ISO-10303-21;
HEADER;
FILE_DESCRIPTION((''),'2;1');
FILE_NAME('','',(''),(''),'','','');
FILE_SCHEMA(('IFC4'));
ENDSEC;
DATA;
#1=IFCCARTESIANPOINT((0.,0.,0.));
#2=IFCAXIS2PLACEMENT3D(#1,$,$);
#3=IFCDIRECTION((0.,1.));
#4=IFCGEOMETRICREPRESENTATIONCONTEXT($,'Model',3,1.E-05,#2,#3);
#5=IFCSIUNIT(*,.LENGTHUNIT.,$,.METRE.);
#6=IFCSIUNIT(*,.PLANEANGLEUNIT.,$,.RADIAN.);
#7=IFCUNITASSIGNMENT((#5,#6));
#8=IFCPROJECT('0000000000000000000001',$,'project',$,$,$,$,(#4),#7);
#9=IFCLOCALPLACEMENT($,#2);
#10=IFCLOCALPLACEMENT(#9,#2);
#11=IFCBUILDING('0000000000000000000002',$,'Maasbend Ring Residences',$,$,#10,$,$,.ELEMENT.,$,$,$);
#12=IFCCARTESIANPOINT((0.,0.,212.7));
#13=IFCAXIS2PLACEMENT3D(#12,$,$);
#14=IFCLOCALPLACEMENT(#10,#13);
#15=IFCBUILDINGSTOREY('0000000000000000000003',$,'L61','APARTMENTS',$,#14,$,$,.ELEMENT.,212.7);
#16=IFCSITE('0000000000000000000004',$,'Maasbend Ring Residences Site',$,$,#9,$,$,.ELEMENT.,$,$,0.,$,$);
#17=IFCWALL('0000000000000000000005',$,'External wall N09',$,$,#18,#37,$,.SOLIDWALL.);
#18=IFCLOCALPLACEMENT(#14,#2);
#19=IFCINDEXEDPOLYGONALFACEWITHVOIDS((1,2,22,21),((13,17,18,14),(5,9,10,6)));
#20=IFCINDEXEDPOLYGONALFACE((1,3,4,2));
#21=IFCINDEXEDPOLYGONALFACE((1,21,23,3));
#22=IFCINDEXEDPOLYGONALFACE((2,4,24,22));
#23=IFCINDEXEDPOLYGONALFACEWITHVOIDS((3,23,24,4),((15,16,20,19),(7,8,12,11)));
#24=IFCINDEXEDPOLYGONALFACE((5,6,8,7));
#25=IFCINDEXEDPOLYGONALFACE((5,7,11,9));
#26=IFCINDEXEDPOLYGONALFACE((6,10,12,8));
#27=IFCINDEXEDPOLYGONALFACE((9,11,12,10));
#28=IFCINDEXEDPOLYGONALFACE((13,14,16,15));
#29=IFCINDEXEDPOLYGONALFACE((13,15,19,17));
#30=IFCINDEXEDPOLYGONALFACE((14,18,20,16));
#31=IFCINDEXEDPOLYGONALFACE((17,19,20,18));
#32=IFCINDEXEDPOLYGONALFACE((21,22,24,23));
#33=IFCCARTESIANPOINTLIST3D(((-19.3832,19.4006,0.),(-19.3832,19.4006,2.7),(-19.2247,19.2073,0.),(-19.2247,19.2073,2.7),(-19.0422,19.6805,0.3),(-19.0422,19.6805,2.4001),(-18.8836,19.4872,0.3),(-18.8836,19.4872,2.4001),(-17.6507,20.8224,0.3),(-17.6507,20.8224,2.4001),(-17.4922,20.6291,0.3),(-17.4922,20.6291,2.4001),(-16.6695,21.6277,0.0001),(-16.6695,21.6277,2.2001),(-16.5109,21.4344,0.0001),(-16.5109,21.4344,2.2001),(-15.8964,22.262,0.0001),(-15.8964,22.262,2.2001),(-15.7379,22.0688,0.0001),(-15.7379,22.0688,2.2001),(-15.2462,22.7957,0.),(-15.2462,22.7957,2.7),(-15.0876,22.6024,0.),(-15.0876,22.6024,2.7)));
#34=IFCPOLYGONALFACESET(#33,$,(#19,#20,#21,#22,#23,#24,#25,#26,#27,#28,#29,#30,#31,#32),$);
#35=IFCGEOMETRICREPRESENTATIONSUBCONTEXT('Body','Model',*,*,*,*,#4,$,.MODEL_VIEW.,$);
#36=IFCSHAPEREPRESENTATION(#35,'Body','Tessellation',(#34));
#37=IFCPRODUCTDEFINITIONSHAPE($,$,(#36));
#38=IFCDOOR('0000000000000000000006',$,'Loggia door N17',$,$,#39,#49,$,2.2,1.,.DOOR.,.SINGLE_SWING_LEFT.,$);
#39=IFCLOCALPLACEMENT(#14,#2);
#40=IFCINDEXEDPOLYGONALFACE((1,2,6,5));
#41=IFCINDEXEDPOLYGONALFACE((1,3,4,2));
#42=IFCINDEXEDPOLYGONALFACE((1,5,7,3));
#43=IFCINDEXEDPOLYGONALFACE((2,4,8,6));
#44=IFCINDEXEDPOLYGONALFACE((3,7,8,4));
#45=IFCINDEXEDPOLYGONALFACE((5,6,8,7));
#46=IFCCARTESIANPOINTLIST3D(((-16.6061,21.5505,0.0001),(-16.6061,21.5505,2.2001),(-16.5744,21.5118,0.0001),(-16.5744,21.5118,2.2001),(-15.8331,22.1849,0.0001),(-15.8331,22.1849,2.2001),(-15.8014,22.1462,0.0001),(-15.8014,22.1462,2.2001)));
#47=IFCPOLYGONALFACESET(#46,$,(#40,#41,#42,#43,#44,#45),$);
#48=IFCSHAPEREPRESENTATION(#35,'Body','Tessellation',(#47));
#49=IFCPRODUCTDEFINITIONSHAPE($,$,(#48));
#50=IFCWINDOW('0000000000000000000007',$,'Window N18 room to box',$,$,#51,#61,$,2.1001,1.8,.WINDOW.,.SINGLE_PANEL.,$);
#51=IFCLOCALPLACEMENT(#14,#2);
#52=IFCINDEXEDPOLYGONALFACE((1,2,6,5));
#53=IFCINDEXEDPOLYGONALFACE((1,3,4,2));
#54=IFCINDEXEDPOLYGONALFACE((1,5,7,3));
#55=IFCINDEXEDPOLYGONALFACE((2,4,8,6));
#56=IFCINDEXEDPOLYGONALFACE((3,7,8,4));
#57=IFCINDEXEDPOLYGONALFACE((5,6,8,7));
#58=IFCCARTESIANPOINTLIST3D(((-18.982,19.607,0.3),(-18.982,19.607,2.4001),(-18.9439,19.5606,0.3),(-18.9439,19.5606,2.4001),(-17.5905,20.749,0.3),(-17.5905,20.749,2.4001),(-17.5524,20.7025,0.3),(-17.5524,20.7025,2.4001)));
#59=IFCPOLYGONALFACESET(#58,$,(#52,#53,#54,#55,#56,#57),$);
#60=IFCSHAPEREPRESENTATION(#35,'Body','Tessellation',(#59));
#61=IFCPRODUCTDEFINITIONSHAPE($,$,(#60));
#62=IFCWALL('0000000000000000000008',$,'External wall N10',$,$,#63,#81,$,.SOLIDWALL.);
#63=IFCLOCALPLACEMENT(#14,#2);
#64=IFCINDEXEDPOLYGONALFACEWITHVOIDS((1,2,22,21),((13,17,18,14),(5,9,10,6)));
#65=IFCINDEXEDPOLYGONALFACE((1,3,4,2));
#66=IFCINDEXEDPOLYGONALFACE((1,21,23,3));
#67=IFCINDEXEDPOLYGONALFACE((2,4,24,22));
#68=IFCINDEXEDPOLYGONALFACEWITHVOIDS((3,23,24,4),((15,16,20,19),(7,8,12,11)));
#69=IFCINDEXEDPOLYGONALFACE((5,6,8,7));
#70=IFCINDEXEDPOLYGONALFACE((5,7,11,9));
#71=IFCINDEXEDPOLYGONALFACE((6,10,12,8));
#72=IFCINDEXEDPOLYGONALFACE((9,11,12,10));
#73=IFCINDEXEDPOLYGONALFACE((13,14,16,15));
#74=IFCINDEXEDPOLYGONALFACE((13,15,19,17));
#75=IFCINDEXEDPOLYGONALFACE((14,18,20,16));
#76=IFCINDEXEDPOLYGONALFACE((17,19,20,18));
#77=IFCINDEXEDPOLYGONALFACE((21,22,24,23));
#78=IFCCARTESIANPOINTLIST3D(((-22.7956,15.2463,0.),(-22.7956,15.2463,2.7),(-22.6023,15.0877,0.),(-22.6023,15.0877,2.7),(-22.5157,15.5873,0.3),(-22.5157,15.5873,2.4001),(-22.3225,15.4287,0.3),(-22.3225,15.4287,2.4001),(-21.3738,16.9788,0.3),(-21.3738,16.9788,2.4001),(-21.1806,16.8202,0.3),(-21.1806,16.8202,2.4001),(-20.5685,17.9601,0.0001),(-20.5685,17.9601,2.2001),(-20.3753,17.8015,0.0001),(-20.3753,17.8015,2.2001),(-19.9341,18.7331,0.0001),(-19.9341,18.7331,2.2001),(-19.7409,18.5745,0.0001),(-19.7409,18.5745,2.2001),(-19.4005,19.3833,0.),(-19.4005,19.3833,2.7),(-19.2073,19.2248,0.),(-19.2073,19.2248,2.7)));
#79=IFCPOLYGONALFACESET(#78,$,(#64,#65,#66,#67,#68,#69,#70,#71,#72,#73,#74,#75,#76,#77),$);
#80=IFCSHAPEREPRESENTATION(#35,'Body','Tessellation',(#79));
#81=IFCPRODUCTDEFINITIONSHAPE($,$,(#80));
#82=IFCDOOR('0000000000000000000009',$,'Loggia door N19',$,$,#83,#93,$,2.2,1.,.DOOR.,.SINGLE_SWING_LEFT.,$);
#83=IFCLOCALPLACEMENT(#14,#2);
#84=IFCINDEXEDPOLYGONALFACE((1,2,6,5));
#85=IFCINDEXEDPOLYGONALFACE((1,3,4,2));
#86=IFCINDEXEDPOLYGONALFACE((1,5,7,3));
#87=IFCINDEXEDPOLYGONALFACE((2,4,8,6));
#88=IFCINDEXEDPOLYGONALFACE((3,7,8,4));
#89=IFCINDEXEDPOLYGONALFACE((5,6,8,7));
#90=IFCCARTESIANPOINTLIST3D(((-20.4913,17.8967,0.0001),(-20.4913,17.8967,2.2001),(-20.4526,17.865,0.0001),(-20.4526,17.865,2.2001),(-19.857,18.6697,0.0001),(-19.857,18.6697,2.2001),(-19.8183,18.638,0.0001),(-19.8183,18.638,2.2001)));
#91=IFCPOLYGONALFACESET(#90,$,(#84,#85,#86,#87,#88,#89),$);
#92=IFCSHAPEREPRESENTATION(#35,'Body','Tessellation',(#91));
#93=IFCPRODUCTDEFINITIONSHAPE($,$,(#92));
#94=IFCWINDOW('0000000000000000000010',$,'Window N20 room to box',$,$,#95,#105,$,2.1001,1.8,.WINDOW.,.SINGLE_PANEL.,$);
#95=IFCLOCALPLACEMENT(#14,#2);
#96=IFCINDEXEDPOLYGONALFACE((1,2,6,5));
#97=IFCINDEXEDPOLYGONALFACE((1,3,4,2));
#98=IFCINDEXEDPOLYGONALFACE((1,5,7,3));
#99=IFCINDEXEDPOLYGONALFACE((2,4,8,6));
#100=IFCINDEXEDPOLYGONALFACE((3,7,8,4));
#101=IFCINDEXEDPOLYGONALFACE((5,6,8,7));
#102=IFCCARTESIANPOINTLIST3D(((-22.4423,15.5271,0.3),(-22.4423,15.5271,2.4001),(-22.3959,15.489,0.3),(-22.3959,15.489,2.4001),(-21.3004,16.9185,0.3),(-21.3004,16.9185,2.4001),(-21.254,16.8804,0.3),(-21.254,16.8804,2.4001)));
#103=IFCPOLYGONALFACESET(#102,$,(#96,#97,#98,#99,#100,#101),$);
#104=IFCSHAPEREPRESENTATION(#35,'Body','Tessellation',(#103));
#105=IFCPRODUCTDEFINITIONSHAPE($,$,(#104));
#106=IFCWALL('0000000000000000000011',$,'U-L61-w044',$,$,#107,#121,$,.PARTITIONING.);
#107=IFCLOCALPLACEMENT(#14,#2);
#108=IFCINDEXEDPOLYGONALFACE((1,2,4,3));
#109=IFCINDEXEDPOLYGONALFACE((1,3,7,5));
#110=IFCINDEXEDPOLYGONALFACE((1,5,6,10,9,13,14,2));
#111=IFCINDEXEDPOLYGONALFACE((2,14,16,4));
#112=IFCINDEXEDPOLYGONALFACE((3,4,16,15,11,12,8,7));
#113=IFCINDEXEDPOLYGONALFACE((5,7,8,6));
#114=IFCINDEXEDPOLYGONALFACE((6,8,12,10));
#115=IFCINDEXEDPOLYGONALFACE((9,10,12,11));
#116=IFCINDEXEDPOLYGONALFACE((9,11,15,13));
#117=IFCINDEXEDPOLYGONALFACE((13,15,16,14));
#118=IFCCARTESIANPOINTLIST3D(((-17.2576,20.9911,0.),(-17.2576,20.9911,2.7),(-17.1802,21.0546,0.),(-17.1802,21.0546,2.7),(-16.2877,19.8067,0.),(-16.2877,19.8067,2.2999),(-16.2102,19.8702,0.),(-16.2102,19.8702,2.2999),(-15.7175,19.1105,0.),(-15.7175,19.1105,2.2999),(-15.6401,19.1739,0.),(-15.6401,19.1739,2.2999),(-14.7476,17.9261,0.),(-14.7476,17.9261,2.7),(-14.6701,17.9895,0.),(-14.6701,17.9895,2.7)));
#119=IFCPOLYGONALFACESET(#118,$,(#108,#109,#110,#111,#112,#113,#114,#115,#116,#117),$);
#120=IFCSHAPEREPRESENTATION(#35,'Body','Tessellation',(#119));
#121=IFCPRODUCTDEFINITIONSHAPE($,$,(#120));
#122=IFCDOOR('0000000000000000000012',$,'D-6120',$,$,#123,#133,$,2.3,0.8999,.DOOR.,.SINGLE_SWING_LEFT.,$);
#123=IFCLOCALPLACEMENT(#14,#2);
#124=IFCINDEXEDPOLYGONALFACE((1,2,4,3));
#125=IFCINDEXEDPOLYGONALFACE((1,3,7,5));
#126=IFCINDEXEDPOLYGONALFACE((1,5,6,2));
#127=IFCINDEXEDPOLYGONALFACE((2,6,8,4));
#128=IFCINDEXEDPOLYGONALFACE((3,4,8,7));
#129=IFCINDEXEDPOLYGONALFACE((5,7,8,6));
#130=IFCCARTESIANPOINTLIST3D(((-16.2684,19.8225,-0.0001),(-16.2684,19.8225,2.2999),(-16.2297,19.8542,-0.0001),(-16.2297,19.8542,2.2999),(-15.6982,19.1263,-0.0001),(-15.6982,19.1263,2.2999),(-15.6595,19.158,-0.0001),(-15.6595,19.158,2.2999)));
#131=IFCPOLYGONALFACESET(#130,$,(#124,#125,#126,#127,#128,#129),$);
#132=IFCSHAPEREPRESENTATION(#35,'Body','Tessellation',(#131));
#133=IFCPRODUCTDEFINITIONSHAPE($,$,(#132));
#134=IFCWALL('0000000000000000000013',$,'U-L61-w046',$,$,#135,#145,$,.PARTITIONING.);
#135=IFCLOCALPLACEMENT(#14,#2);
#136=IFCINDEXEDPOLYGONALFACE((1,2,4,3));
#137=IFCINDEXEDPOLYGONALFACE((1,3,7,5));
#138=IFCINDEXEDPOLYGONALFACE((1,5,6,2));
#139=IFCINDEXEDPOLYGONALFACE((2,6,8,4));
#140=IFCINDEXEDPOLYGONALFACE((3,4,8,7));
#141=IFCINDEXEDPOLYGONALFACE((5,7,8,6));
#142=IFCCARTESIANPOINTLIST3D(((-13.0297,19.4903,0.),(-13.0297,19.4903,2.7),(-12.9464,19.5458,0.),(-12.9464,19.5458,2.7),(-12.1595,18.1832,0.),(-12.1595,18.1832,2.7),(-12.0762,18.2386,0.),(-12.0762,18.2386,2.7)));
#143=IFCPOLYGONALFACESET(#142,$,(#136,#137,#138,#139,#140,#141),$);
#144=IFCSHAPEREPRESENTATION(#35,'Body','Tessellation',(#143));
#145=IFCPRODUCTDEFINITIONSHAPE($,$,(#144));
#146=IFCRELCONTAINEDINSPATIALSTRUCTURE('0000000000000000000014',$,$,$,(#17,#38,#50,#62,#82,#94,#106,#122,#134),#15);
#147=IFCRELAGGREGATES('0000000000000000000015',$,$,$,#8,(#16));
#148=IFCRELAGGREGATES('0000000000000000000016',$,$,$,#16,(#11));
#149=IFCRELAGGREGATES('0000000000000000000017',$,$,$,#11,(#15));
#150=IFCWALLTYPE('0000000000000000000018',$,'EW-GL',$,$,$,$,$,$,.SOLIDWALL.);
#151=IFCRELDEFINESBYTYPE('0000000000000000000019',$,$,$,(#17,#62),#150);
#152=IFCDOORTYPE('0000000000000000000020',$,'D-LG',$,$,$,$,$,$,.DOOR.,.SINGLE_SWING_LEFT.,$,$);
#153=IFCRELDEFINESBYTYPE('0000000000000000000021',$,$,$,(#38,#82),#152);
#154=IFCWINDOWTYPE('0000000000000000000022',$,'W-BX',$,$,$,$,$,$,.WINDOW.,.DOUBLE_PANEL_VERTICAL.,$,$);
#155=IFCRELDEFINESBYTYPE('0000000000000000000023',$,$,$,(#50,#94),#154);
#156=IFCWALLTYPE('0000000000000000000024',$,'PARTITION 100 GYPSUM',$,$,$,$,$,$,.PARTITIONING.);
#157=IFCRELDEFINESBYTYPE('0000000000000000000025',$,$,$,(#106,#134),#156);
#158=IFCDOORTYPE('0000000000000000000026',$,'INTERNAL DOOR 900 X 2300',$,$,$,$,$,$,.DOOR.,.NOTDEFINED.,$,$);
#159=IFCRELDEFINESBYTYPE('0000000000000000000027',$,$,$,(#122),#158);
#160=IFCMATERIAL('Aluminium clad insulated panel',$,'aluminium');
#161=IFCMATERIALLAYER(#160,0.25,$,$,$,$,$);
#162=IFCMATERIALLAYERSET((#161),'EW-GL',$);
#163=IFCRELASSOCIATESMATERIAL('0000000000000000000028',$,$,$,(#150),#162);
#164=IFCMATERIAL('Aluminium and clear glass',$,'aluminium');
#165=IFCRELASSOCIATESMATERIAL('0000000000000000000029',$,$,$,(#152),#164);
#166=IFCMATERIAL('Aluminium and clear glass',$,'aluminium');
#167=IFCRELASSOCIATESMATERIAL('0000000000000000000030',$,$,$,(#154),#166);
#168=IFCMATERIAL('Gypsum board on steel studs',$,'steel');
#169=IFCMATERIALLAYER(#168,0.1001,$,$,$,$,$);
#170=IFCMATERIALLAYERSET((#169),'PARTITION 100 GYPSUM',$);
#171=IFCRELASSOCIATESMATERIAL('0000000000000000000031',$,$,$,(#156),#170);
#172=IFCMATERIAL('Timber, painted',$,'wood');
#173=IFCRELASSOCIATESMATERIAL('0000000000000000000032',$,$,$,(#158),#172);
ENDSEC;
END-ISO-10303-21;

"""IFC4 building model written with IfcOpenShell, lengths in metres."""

from ifc_helpers import new_model, si_unit, direction, frame, frame_2d, origin, place, context, subcontext, project, spatial, rectangle, extrude, material, layer, layer_set, type_object, element, fill, save


model = new_model("IFC4")

# Units and contexts
model_context = context("Model", 3, precision=1e-05, world=origin(), true_north=direction((0.0, 1.0)))
body_context = subcontext(model_context, "Body", "Model", "MODEL_VIEW")
ifc_project = project(units=[si_unit("LENGTHUNIT", "METRE"), si_unit("PLANEANGLEUNIT", "RADIAN")], contexts=[model_context])

# Site, building, storey
site_placement = place(None, origin())
site = spatial("IfcSite", under=ifc_project, at=site_placement, Name="Maasbend Ring Residences Site", CompositionType="ELEMENT", RefElevation=0.0)
building_placement = place(site_placement, origin())
building = spatial("IfcBuilding", under=site, at=building_placement, Name="Maasbend Ring Residences", CompositionType="ELEMENT")
storey_placement = place(building_placement, frame((0.0, 0.0, 212.7)))
storey = spatial("IfcBuildingStorey", under=building, at=storey_placement, Name="L61", Description="APARTMENTS", CompositionType="ELEMENT", Elevation=212.7)

# Walls, openings, doors, windows
ifc_material_1 = material(Name="Aluminium clad insulated panel", Category="aluminium")
ifc_layer_1 = layer(ifc_material_1, 0.25)
ifc_layer_set_1 = layer_set([ifc_layer_1], Name="EW-GL")
wall_type_1 = type_object("IfcWallType", Name="EW-GL", PredefinedType="SOLIDWALL", material=ifc_layer_set_1)
wall_1_placement = place(storey_placement, frame((-15.167, 22.699, 0.0), z_axis=(0.0, 0.0, 1.0), x_axis=(-0.773019, -0.634382, 0.0)))
wall_1 = element("IfcWall", 1, at=wall_1_placement, inside=storey, type_object=wall_type_1, Name="External wall N09", PredefinedType="SOLIDWALL", context=body_context, shape_type="SweptSolid", body=[
    extrude(rectangle(XDim=5.3518, YDim=0.25, at=frame_2d((2.6758, 0.0))), origin(), (0.0, 0.0, 1.0), 2.7),
])
opening_1_placement = place(wall_1_placement, frame((0.8411, 0.0, 0.0)))
opening_1 = element("IfcOpeningElement", 2, at=opening_1_placement, cuts=wall_1, PredefinedType="OPENING", context=body_context, shape_type="SweptSolid", body=[
    extrude(rectangle(XDim=1.0, YDim=2.2, at=frame_2d((0.5, 1.1001))), frame((0.0, 0.135, 0.0), z_axis=(0.0, -1.0, 0.0), x_axis=(1.0, 0.0, 0.0)), (0.0, 0.0, 1.0), 0.27),
])
opening_2_placement = place(wall_1_placement, frame((3.1106, 0.0, 0.3)))
opening_2 = element("IfcOpeningElement", 3, at=opening_2_placement, cuts=wall_1, PredefinedType="OPENING", context=body_context, shape_type="SweptSolid", body=[
    extrude(rectangle(XDim=1.8, YDim=2.1001, at=frame_2d((0.8999, 1.05))), frame((0.0, 0.135, 0.0), z_axis=(0.0, -1.0, 0.0), x_axis=(1.0, 0.0, 0.0)), (0.0, 0.0, 1.0), 0.27),
])
ifc_material_2 = material(Name="Aluminium and clear glass", Category="aluminium")
door_type_1 = type_object("IfcDoorType", Name="D-LG", OperationType="SINGLE_SWING_LEFT", PredefinedType="DOOR", material=ifc_material_2)
door_1_placement = place(opening_1_placement, origin())
door_1 = element("IfcDoor", 4, at=door_1_placement, inside=storey, type_object=door_type_1, Name="Loggia door N17", OperationType="SINGLE_SWING_LEFT", OverallHeight=2.2, OverallWidth=1.0, PredefinedType="DOOR", context=body_context, shape_type="SweptSolid", body=[
    extrude(rectangle(XDim=1.0, YDim=2.2, at=frame_2d((0.5, 1.1001))), frame((0.0, 0.0249, 0.0), z_axis=(0.0, -1.0, 0.0), x_axis=(1.0, 0.0, 0.0)), (0.0, 0.0, 1.0), 0.05),
])
fill(opening_1, door_1)
ifc_material_3 = material(Name="Aluminium and clear glass", Category="aluminium")
window_type_1 = type_object("IfcWindowType", Name="W-BX", PartitioningType="DOUBLE_PANEL_VERTICAL", PredefinedType="WINDOW", material=ifc_material_3)
window_1_placement = place(opening_2_placement, origin())
window_1 = element("IfcWindow", 5, at=window_1_placement, inside=storey, type_object=window_type_1, Name="Window N18 room to box", OverallHeight=2.1001, OverallWidth=1.8, PartitioningType="SINGLE_PANEL", PredefinedType="WINDOW", context=body_context, shape_type="SweptSolid", body=[
    extrude(rectangle(XDim=1.8, YDim=2.1001, at=frame_2d((0.8999, 1.05))), frame((0.0, 0.03, 0.0), z_axis=(0.0, -1.0, 0.0), x_axis=(1.0, 0.0, 0.0)), (0.0, 0.0, 1.0), 0.0601),
])
fill(opening_2, window_1)
wall_2_placement = place(storey_placement, frame((-19.304, 19.304, 0.0), z_axis=(0.0, 0.0, 1.0), x_axis=(-0.634382, -0.773019, 0.0)))
wall_2 = element("IfcWall", 6, at=wall_2_placement, inside=storey, type_object=wall_type_1, Name="External wall N10", PredefinedType="SOLIDWALL", context=body_context, shape_type="SweptSolid", body=[
    extrude(rectangle(XDim=5.3518, YDim=0.25, at=frame_2d((2.6758, 0.0))), origin(), (0.0, 0.0, 1.0), 2.7),
])
opening_3_placement = place(wall_2_placement, frame((0.8411, 0.0, 0.0)))
opening_3 = element("IfcOpeningElement", 7, at=opening_3_placement, cuts=wall_2, PredefinedType="OPENING", context=body_context, shape_type="SweptSolid", body=[
    extrude(rectangle(XDim=1.0, YDim=2.2, at=frame_2d((0.5, 1.1001))), frame((0.0, 0.135, 0.0), z_axis=(0.0, -1.0, 0.0), x_axis=(1.0, 0.0, 0.0)), (0.0, 0.0, 1.0), 0.27),
])
opening_4_placement = place(wall_2_placement, frame((3.1106, 0.0, 0.3)))
opening_4 = element("IfcOpeningElement", 8, at=opening_4_placement, cuts=wall_2, PredefinedType="OPENING", context=body_context, shape_type="SweptSolid", body=[
    extrude(rectangle(XDim=1.8, YDim=2.1001, at=frame_2d((0.8999, 1.05))), frame((0.0, 0.135, 0.0), z_axis=(0.0, -1.0, 0.0), x_axis=(1.0, 0.0, 0.0)), (0.0, 0.0, 1.0), 0.27),
])
door_2_placement = place(opening_3_placement, origin())
door_2 = element("IfcDoor", 9, at=door_2_placement, inside=storey, type_object=door_type_1, Name="Loggia door N19", OperationType="SINGLE_SWING_LEFT", OverallHeight=2.2, OverallWidth=1.0, PredefinedType="DOOR", context=body_context, shape_type="SweptSolid", body=[
    extrude(rectangle(XDim=1.0, YDim=2.2, at=frame_2d((0.5, 1.1001))), frame((0.0, 0.0249, 0.0), z_axis=(0.0, -1.0, 0.0), x_axis=(1.0, 0.0, 0.0)), (0.0, 0.0, 1.0), 0.05),
])
fill(opening_3, door_2)
window_2_placement = place(opening_4_placement, origin())
window_2 = element("IfcWindow", 10, at=window_2_placement, inside=storey, type_object=window_type_1, Name="Window N20 room to box", OverallHeight=2.1001, OverallWidth=1.8, PartitioningType="SINGLE_PANEL", PredefinedType="WINDOW", context=body_context, shape_type="SweptSolid", body=[
    extrude(rectangle(XDim=1.8, YDim=2.1001, at=frame_2d((0.8999, 1.05))), frame((0.0, 0.03, 0.0), z_axis=(0.0, -1.0, 0.0), x_axis=(1.0, 0.0, 0.0)), (0.0, 0.0, 1.0), 0.0601),
])
fill(opening_4, window_2)

# Wall, opening, door
ifc_material_4 = material(Name="Gypsum board on steel studs", Category="steel")
ifc_layer_2 = layer(ifc_material_4, 0.1001)
ifc_layer_set_2 = layer_set([ifc_layer_2], Name="PARTITION 100 GYPSUM")
wall_type_2 = type_object("IfcWallType", Name="PARTITION 100 GYPSUM", PredefinedType="PARTITIONING", material=ifc_layer_set_2)
wall_3_placement = place(storey_placement, frame((-17.219, 21.0229, 0.0), z_axis=(0.0, 0.0, 1.0), x_axis=(0.63359, -0.773669, 0.0)))
wall_3 = element("IfcWall", 11, at=wall_3_placement, inside=storey, type_object=wall_type_2, Name="U-L61-w044", PredefinedType="PARTITIONING", context=body_context, shape_type="SweptSolid", body=[
    extrude(rectangle(XDim=3.9617, YDim=0.1001, at=frame_2d((1.981, 0.0))), origin(), (0.0, 0.0, 1.0), 2.7),
])
opening_5_placement = place(wall_3_placement, frame((1.531, 0.0, 0.0)))
opening_5 = element("IfcOpeningElement", 12, at=opening_5_placement, cuts=wall_3, PredefinedType="OPENING", context=body_context, shape_type="SweptSolid", body=[
    extrude(rectangle(XDim=0.8999, YDim=2.3, at=frame_2d((0.45, 1.1499))), frame((0.0, 0.0601, 0.0), z_axis=(0.0, -1.0, 0.0), x_axis=(1.0, 0.0, 0.0)), (0.0, 0.0, 1.0), 0.1201),
])
ifc_material_5 = material(Name="Timber, painted", Category="wood")
door_type_2 = type_object("IfcDoorType", Name="INTERNAL DOOR 900 X 2300", OperationType="NOTDEFINED", PredefinedType="DOOR", material=ifc_material_5)
door_3_placement = place(opening_5_placement, origin())
door_3 = element("IfcDoor", 13, at=door_3_placement, inside=storey, type_object=door_type_2, Name="D-6120", OperationType="SINGLE_SWING_LEFT", OverallHeight=2.3, OverallWidth=0.8999, PredefinedType="DOOR", context=body_context, shape_type="SweptSolid", body=[
    extrude(rectangle(XDim=0.8999, YDim=2.3, at=frame_2d((0.45, 1.1499))), frame((0.0, 0.0249, 0.0), z_axis=(0.0, -1.0, 0.0), x_axis=(1.0, 0.0, 0.0)), (0.0, 0.0, 1.0), 0.05),
])
fill(opening_5, door_3)

# Wall
wall_4_placement = place(storey_placement, frame((-12.988, 19.5181, 0.0), z_axis=(0.0, 0.0, 1.0), x_axis=(0.554126, -0.832433, 0.0)))
element("IfcWall", 14, at=wall_4_placement, inside=storey, type_object=wall_type_2, Name="U-L61-w046", PredefinedType="PARTITIONING", context=body_context, shape_type="SweptSolid", body=[
    extrude(rectangle(XDim=1.5703, YDim=0.1001, at=frame_2d((0.7852, 0.0))), origin(), (0.0, 0.0, 1.0), 2.7),
])

save(model, "model.ifc")
